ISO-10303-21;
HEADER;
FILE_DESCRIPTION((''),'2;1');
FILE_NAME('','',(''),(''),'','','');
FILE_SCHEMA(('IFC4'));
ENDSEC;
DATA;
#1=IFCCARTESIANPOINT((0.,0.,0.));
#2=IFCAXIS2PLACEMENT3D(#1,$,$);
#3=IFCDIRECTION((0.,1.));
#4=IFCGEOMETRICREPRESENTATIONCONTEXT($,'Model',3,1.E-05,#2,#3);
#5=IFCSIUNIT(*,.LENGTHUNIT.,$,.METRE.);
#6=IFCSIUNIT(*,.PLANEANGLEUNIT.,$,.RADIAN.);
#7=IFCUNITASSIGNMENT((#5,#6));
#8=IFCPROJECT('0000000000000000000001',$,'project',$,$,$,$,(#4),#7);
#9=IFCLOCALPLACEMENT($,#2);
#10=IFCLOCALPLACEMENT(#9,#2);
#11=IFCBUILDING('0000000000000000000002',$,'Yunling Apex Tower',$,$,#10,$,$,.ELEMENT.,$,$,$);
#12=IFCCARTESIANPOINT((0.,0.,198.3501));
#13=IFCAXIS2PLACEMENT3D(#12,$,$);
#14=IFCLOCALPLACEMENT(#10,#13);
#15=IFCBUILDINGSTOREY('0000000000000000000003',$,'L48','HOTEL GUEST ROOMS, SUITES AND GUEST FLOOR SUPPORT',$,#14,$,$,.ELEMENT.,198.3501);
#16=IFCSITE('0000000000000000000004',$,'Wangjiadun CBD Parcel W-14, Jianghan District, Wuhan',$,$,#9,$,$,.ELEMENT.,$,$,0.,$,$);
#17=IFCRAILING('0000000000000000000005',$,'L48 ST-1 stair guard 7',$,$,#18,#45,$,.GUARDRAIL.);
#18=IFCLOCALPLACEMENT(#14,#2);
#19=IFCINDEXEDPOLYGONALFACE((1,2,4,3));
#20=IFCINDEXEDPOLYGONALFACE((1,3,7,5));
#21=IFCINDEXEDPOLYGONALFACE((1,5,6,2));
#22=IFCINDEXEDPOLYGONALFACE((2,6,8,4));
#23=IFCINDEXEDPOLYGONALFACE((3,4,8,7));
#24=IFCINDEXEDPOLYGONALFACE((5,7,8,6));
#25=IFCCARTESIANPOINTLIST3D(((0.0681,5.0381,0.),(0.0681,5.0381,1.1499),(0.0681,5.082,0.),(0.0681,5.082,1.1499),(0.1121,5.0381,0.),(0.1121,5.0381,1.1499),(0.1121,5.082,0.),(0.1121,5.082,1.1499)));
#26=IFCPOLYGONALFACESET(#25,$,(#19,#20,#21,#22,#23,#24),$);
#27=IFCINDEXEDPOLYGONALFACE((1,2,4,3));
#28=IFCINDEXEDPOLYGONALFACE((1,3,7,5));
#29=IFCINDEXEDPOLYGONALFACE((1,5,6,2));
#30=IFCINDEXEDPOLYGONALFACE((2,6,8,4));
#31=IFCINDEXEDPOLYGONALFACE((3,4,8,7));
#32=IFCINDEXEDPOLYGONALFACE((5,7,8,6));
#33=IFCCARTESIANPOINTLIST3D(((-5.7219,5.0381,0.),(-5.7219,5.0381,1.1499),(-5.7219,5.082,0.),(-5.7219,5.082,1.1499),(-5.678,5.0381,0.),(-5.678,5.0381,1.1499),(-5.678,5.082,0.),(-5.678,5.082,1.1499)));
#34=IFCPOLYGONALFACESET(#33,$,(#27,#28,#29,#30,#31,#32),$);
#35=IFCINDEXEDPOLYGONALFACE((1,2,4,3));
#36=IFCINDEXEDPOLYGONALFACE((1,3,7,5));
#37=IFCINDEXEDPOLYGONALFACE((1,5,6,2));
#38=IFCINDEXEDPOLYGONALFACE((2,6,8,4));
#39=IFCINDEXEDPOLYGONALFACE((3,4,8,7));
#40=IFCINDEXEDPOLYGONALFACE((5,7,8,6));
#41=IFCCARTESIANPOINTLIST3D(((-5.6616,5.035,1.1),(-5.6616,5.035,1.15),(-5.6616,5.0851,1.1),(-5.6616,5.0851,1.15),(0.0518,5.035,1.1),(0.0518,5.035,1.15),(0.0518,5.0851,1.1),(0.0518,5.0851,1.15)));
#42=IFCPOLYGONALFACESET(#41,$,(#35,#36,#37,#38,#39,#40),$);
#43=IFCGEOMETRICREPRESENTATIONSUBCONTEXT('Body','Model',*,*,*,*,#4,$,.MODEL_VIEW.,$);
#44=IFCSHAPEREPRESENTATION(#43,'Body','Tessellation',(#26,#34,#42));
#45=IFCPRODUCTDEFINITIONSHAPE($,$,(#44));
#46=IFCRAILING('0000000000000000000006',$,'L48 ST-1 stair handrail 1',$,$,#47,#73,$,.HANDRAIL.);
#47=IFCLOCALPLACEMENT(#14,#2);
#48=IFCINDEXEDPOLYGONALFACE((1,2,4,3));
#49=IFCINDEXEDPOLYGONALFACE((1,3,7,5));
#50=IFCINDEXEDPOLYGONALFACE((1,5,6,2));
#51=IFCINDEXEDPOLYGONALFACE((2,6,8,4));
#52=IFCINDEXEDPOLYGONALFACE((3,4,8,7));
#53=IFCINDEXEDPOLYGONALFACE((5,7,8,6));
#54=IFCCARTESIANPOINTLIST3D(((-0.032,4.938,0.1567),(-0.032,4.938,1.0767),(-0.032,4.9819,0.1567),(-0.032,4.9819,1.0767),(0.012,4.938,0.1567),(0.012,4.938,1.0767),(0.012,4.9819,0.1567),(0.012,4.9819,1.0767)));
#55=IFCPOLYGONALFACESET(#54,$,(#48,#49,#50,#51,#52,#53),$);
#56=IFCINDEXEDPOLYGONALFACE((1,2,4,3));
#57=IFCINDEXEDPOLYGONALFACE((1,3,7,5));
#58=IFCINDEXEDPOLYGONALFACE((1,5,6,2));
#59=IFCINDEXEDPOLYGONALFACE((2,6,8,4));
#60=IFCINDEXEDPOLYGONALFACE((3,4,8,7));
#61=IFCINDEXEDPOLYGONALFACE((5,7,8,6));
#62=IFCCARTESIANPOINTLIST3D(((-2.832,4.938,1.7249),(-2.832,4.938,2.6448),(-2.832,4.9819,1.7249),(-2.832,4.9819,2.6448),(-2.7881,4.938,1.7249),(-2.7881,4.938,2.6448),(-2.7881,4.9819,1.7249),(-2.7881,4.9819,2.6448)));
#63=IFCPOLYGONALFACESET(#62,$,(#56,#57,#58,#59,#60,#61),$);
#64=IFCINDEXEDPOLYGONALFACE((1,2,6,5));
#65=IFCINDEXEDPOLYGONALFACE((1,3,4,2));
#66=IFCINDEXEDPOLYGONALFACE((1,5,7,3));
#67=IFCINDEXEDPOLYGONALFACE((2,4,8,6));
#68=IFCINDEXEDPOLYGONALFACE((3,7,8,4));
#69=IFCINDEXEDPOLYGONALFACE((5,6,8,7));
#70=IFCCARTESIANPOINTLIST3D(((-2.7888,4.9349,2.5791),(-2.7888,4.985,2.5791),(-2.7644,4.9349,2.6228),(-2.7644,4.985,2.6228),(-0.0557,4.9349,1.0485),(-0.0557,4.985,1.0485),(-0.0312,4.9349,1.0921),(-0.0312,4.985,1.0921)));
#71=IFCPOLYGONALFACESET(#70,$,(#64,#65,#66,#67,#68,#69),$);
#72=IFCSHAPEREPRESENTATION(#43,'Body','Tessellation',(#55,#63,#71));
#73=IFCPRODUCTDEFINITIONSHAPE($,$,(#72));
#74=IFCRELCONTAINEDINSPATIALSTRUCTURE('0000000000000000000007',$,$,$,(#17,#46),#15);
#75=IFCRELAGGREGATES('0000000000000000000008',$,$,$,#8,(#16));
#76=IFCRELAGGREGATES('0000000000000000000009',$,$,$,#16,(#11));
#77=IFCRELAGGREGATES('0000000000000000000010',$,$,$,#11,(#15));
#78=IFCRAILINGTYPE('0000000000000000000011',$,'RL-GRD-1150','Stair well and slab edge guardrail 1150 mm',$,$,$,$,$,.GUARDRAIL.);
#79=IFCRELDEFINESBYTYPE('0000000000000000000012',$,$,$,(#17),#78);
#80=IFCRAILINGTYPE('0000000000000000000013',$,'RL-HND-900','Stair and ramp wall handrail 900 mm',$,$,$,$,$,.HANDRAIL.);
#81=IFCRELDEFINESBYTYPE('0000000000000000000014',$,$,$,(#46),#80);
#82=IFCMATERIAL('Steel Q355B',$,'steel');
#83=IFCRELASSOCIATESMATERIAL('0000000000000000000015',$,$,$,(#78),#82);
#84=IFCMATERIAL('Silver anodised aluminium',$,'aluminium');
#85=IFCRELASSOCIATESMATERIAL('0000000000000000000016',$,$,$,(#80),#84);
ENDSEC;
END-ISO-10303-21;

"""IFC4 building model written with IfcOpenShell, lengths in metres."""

from ifc_helpers import new_model, si_unit, direction, frame, origin, origin_2d, place, context, subcontext, project, spatial, rectangle, extrude, material, type_object, element, save


model = new_model("IFC4")

# Units and contexts
model_context = context("Model", 3, precision=1e-05, world=origin(), true_north=direction((0.0, 1.0)))
body_context = subcontext(model_context, "Body", "Model", "MODEL_VIEW")
ifc_project = project(units=[si_unit("LENGTHUNIT", "METRE"), si_unit("PLANEANGLEUNIT", "RADIAN")], contexts=[model_context])

# Site, building, storey
site_placement = place(None, origin())
site = spatial("IfcSite", under=ifc_project, at=site_placement, Name="Wangjiadun CBD Parcel W-14, Jianghan District, Wuhan", CompositionType="ELEMENT", RefElevation=0.0)
building_placement = place(site_placement, origin())
building = spatial("IfcBuilding", under=site, at=building_placement, Name="Yunling Apex Tower", CompositionType="ELEMENT")
storey_placement = place(building_placement, frame((0.0, 0.0, 198.3501)))
storey = spatial("IfcBuildingStorey", under=building, at=storey_placement, Name="L48", Description="HOTEL GUEST ROOMS, SUITES AND GUEST FLOOR SUPPORT", CompositionType="ELEMENT", Elevation=198.3501)

# Shared definitions
ifc_material_1 = material(Name="Steel Q355B", Category="steel")

# Railings
railing_type_1 = type_object("IfcRailingType", Name="RL-GRD-1150", Description="Stair well and slab edge guardrail 1150 mm", PredefinedType="GUARDRAIL", material=ifc_material_1)
railing_1_placement = place(storey_placement, frame((0.0901, 5.0601, 0.0)))
element("IfcRailing", 1, at=railing_1_placement, inside=storey, type_object=railing_type_1, Name="L48 ST-1 stair guard 7", PredefinedType="GUARDRAIL", context=body_context, shape_type="SweptSolid", body=[
    extrude(rectangle(XDim=0.0439, YDim=0.0439, at=origin_2d()), origin(), (0.0, 0.0, 1.0), 1.1499),
    extrude(rectangle(XDim=0.0439, YDim=0.0439, at=origin_2d()), frame((-5.79, 0.0, 0.0)), (0.0, 0.0, 1.0), 1.1499),
    extrude(rectangle(XDim=0.05, YDim=0.05, at=origin_2d()), frame((-0.0383, 0.0, 1.125), z_axis=(-1.0, 0.0, 0.0), x_axis=(0.0, -1.0, 0.0)), (0.0, 0.0, 1.0), 5.7134),
])
ifc_material_2 = material(Name="Silver anodised aluminium", Category="aluminium")
railing_type_2 = type_object("IfcRailingType", Name="RL-HND-900", Description="Stair and ramp wall handrail 900 mm", PredefinedType="HANDRAIL", material=ifc_material_2)
railing_2_placement = place(storey_placement, frame((-0.01, 4.96, 0.1567)))
element("IfcRailing", 2, at=railing_2_placement, inside=storey, type_object=railing_type_2, Name="L48 ST-1 stair handrail 1", PredefinedType="HANDRAIL", context=body_context, shape_type="SweptSolid", body=[
    extrude(rectangle(XDim=0.0439, YDim=0.0439, at=origin_2d()), origin(), (0.0, 0.0, 1.0), 0.9199),
    extrude(rectangle(XDim=0.0439, YDim=0.0439, at=origin_2d()), frame((-2.8, 0.0, 1.5681)), (0.0, 0.0, 1.0), 0.9199),
    extrude(rectangle(XDim=0.05, YDim=0.05, at=origin_2d()), frame((-0.0334, 0.0, 0.9136), z_axis=(-0.872494, 0.0, 0.488624), x_axis=(0.0, -1.0, 0.0)), (0.0, 0.0, 1.0), 3.1326),
])

save(model, "model.ifc")
